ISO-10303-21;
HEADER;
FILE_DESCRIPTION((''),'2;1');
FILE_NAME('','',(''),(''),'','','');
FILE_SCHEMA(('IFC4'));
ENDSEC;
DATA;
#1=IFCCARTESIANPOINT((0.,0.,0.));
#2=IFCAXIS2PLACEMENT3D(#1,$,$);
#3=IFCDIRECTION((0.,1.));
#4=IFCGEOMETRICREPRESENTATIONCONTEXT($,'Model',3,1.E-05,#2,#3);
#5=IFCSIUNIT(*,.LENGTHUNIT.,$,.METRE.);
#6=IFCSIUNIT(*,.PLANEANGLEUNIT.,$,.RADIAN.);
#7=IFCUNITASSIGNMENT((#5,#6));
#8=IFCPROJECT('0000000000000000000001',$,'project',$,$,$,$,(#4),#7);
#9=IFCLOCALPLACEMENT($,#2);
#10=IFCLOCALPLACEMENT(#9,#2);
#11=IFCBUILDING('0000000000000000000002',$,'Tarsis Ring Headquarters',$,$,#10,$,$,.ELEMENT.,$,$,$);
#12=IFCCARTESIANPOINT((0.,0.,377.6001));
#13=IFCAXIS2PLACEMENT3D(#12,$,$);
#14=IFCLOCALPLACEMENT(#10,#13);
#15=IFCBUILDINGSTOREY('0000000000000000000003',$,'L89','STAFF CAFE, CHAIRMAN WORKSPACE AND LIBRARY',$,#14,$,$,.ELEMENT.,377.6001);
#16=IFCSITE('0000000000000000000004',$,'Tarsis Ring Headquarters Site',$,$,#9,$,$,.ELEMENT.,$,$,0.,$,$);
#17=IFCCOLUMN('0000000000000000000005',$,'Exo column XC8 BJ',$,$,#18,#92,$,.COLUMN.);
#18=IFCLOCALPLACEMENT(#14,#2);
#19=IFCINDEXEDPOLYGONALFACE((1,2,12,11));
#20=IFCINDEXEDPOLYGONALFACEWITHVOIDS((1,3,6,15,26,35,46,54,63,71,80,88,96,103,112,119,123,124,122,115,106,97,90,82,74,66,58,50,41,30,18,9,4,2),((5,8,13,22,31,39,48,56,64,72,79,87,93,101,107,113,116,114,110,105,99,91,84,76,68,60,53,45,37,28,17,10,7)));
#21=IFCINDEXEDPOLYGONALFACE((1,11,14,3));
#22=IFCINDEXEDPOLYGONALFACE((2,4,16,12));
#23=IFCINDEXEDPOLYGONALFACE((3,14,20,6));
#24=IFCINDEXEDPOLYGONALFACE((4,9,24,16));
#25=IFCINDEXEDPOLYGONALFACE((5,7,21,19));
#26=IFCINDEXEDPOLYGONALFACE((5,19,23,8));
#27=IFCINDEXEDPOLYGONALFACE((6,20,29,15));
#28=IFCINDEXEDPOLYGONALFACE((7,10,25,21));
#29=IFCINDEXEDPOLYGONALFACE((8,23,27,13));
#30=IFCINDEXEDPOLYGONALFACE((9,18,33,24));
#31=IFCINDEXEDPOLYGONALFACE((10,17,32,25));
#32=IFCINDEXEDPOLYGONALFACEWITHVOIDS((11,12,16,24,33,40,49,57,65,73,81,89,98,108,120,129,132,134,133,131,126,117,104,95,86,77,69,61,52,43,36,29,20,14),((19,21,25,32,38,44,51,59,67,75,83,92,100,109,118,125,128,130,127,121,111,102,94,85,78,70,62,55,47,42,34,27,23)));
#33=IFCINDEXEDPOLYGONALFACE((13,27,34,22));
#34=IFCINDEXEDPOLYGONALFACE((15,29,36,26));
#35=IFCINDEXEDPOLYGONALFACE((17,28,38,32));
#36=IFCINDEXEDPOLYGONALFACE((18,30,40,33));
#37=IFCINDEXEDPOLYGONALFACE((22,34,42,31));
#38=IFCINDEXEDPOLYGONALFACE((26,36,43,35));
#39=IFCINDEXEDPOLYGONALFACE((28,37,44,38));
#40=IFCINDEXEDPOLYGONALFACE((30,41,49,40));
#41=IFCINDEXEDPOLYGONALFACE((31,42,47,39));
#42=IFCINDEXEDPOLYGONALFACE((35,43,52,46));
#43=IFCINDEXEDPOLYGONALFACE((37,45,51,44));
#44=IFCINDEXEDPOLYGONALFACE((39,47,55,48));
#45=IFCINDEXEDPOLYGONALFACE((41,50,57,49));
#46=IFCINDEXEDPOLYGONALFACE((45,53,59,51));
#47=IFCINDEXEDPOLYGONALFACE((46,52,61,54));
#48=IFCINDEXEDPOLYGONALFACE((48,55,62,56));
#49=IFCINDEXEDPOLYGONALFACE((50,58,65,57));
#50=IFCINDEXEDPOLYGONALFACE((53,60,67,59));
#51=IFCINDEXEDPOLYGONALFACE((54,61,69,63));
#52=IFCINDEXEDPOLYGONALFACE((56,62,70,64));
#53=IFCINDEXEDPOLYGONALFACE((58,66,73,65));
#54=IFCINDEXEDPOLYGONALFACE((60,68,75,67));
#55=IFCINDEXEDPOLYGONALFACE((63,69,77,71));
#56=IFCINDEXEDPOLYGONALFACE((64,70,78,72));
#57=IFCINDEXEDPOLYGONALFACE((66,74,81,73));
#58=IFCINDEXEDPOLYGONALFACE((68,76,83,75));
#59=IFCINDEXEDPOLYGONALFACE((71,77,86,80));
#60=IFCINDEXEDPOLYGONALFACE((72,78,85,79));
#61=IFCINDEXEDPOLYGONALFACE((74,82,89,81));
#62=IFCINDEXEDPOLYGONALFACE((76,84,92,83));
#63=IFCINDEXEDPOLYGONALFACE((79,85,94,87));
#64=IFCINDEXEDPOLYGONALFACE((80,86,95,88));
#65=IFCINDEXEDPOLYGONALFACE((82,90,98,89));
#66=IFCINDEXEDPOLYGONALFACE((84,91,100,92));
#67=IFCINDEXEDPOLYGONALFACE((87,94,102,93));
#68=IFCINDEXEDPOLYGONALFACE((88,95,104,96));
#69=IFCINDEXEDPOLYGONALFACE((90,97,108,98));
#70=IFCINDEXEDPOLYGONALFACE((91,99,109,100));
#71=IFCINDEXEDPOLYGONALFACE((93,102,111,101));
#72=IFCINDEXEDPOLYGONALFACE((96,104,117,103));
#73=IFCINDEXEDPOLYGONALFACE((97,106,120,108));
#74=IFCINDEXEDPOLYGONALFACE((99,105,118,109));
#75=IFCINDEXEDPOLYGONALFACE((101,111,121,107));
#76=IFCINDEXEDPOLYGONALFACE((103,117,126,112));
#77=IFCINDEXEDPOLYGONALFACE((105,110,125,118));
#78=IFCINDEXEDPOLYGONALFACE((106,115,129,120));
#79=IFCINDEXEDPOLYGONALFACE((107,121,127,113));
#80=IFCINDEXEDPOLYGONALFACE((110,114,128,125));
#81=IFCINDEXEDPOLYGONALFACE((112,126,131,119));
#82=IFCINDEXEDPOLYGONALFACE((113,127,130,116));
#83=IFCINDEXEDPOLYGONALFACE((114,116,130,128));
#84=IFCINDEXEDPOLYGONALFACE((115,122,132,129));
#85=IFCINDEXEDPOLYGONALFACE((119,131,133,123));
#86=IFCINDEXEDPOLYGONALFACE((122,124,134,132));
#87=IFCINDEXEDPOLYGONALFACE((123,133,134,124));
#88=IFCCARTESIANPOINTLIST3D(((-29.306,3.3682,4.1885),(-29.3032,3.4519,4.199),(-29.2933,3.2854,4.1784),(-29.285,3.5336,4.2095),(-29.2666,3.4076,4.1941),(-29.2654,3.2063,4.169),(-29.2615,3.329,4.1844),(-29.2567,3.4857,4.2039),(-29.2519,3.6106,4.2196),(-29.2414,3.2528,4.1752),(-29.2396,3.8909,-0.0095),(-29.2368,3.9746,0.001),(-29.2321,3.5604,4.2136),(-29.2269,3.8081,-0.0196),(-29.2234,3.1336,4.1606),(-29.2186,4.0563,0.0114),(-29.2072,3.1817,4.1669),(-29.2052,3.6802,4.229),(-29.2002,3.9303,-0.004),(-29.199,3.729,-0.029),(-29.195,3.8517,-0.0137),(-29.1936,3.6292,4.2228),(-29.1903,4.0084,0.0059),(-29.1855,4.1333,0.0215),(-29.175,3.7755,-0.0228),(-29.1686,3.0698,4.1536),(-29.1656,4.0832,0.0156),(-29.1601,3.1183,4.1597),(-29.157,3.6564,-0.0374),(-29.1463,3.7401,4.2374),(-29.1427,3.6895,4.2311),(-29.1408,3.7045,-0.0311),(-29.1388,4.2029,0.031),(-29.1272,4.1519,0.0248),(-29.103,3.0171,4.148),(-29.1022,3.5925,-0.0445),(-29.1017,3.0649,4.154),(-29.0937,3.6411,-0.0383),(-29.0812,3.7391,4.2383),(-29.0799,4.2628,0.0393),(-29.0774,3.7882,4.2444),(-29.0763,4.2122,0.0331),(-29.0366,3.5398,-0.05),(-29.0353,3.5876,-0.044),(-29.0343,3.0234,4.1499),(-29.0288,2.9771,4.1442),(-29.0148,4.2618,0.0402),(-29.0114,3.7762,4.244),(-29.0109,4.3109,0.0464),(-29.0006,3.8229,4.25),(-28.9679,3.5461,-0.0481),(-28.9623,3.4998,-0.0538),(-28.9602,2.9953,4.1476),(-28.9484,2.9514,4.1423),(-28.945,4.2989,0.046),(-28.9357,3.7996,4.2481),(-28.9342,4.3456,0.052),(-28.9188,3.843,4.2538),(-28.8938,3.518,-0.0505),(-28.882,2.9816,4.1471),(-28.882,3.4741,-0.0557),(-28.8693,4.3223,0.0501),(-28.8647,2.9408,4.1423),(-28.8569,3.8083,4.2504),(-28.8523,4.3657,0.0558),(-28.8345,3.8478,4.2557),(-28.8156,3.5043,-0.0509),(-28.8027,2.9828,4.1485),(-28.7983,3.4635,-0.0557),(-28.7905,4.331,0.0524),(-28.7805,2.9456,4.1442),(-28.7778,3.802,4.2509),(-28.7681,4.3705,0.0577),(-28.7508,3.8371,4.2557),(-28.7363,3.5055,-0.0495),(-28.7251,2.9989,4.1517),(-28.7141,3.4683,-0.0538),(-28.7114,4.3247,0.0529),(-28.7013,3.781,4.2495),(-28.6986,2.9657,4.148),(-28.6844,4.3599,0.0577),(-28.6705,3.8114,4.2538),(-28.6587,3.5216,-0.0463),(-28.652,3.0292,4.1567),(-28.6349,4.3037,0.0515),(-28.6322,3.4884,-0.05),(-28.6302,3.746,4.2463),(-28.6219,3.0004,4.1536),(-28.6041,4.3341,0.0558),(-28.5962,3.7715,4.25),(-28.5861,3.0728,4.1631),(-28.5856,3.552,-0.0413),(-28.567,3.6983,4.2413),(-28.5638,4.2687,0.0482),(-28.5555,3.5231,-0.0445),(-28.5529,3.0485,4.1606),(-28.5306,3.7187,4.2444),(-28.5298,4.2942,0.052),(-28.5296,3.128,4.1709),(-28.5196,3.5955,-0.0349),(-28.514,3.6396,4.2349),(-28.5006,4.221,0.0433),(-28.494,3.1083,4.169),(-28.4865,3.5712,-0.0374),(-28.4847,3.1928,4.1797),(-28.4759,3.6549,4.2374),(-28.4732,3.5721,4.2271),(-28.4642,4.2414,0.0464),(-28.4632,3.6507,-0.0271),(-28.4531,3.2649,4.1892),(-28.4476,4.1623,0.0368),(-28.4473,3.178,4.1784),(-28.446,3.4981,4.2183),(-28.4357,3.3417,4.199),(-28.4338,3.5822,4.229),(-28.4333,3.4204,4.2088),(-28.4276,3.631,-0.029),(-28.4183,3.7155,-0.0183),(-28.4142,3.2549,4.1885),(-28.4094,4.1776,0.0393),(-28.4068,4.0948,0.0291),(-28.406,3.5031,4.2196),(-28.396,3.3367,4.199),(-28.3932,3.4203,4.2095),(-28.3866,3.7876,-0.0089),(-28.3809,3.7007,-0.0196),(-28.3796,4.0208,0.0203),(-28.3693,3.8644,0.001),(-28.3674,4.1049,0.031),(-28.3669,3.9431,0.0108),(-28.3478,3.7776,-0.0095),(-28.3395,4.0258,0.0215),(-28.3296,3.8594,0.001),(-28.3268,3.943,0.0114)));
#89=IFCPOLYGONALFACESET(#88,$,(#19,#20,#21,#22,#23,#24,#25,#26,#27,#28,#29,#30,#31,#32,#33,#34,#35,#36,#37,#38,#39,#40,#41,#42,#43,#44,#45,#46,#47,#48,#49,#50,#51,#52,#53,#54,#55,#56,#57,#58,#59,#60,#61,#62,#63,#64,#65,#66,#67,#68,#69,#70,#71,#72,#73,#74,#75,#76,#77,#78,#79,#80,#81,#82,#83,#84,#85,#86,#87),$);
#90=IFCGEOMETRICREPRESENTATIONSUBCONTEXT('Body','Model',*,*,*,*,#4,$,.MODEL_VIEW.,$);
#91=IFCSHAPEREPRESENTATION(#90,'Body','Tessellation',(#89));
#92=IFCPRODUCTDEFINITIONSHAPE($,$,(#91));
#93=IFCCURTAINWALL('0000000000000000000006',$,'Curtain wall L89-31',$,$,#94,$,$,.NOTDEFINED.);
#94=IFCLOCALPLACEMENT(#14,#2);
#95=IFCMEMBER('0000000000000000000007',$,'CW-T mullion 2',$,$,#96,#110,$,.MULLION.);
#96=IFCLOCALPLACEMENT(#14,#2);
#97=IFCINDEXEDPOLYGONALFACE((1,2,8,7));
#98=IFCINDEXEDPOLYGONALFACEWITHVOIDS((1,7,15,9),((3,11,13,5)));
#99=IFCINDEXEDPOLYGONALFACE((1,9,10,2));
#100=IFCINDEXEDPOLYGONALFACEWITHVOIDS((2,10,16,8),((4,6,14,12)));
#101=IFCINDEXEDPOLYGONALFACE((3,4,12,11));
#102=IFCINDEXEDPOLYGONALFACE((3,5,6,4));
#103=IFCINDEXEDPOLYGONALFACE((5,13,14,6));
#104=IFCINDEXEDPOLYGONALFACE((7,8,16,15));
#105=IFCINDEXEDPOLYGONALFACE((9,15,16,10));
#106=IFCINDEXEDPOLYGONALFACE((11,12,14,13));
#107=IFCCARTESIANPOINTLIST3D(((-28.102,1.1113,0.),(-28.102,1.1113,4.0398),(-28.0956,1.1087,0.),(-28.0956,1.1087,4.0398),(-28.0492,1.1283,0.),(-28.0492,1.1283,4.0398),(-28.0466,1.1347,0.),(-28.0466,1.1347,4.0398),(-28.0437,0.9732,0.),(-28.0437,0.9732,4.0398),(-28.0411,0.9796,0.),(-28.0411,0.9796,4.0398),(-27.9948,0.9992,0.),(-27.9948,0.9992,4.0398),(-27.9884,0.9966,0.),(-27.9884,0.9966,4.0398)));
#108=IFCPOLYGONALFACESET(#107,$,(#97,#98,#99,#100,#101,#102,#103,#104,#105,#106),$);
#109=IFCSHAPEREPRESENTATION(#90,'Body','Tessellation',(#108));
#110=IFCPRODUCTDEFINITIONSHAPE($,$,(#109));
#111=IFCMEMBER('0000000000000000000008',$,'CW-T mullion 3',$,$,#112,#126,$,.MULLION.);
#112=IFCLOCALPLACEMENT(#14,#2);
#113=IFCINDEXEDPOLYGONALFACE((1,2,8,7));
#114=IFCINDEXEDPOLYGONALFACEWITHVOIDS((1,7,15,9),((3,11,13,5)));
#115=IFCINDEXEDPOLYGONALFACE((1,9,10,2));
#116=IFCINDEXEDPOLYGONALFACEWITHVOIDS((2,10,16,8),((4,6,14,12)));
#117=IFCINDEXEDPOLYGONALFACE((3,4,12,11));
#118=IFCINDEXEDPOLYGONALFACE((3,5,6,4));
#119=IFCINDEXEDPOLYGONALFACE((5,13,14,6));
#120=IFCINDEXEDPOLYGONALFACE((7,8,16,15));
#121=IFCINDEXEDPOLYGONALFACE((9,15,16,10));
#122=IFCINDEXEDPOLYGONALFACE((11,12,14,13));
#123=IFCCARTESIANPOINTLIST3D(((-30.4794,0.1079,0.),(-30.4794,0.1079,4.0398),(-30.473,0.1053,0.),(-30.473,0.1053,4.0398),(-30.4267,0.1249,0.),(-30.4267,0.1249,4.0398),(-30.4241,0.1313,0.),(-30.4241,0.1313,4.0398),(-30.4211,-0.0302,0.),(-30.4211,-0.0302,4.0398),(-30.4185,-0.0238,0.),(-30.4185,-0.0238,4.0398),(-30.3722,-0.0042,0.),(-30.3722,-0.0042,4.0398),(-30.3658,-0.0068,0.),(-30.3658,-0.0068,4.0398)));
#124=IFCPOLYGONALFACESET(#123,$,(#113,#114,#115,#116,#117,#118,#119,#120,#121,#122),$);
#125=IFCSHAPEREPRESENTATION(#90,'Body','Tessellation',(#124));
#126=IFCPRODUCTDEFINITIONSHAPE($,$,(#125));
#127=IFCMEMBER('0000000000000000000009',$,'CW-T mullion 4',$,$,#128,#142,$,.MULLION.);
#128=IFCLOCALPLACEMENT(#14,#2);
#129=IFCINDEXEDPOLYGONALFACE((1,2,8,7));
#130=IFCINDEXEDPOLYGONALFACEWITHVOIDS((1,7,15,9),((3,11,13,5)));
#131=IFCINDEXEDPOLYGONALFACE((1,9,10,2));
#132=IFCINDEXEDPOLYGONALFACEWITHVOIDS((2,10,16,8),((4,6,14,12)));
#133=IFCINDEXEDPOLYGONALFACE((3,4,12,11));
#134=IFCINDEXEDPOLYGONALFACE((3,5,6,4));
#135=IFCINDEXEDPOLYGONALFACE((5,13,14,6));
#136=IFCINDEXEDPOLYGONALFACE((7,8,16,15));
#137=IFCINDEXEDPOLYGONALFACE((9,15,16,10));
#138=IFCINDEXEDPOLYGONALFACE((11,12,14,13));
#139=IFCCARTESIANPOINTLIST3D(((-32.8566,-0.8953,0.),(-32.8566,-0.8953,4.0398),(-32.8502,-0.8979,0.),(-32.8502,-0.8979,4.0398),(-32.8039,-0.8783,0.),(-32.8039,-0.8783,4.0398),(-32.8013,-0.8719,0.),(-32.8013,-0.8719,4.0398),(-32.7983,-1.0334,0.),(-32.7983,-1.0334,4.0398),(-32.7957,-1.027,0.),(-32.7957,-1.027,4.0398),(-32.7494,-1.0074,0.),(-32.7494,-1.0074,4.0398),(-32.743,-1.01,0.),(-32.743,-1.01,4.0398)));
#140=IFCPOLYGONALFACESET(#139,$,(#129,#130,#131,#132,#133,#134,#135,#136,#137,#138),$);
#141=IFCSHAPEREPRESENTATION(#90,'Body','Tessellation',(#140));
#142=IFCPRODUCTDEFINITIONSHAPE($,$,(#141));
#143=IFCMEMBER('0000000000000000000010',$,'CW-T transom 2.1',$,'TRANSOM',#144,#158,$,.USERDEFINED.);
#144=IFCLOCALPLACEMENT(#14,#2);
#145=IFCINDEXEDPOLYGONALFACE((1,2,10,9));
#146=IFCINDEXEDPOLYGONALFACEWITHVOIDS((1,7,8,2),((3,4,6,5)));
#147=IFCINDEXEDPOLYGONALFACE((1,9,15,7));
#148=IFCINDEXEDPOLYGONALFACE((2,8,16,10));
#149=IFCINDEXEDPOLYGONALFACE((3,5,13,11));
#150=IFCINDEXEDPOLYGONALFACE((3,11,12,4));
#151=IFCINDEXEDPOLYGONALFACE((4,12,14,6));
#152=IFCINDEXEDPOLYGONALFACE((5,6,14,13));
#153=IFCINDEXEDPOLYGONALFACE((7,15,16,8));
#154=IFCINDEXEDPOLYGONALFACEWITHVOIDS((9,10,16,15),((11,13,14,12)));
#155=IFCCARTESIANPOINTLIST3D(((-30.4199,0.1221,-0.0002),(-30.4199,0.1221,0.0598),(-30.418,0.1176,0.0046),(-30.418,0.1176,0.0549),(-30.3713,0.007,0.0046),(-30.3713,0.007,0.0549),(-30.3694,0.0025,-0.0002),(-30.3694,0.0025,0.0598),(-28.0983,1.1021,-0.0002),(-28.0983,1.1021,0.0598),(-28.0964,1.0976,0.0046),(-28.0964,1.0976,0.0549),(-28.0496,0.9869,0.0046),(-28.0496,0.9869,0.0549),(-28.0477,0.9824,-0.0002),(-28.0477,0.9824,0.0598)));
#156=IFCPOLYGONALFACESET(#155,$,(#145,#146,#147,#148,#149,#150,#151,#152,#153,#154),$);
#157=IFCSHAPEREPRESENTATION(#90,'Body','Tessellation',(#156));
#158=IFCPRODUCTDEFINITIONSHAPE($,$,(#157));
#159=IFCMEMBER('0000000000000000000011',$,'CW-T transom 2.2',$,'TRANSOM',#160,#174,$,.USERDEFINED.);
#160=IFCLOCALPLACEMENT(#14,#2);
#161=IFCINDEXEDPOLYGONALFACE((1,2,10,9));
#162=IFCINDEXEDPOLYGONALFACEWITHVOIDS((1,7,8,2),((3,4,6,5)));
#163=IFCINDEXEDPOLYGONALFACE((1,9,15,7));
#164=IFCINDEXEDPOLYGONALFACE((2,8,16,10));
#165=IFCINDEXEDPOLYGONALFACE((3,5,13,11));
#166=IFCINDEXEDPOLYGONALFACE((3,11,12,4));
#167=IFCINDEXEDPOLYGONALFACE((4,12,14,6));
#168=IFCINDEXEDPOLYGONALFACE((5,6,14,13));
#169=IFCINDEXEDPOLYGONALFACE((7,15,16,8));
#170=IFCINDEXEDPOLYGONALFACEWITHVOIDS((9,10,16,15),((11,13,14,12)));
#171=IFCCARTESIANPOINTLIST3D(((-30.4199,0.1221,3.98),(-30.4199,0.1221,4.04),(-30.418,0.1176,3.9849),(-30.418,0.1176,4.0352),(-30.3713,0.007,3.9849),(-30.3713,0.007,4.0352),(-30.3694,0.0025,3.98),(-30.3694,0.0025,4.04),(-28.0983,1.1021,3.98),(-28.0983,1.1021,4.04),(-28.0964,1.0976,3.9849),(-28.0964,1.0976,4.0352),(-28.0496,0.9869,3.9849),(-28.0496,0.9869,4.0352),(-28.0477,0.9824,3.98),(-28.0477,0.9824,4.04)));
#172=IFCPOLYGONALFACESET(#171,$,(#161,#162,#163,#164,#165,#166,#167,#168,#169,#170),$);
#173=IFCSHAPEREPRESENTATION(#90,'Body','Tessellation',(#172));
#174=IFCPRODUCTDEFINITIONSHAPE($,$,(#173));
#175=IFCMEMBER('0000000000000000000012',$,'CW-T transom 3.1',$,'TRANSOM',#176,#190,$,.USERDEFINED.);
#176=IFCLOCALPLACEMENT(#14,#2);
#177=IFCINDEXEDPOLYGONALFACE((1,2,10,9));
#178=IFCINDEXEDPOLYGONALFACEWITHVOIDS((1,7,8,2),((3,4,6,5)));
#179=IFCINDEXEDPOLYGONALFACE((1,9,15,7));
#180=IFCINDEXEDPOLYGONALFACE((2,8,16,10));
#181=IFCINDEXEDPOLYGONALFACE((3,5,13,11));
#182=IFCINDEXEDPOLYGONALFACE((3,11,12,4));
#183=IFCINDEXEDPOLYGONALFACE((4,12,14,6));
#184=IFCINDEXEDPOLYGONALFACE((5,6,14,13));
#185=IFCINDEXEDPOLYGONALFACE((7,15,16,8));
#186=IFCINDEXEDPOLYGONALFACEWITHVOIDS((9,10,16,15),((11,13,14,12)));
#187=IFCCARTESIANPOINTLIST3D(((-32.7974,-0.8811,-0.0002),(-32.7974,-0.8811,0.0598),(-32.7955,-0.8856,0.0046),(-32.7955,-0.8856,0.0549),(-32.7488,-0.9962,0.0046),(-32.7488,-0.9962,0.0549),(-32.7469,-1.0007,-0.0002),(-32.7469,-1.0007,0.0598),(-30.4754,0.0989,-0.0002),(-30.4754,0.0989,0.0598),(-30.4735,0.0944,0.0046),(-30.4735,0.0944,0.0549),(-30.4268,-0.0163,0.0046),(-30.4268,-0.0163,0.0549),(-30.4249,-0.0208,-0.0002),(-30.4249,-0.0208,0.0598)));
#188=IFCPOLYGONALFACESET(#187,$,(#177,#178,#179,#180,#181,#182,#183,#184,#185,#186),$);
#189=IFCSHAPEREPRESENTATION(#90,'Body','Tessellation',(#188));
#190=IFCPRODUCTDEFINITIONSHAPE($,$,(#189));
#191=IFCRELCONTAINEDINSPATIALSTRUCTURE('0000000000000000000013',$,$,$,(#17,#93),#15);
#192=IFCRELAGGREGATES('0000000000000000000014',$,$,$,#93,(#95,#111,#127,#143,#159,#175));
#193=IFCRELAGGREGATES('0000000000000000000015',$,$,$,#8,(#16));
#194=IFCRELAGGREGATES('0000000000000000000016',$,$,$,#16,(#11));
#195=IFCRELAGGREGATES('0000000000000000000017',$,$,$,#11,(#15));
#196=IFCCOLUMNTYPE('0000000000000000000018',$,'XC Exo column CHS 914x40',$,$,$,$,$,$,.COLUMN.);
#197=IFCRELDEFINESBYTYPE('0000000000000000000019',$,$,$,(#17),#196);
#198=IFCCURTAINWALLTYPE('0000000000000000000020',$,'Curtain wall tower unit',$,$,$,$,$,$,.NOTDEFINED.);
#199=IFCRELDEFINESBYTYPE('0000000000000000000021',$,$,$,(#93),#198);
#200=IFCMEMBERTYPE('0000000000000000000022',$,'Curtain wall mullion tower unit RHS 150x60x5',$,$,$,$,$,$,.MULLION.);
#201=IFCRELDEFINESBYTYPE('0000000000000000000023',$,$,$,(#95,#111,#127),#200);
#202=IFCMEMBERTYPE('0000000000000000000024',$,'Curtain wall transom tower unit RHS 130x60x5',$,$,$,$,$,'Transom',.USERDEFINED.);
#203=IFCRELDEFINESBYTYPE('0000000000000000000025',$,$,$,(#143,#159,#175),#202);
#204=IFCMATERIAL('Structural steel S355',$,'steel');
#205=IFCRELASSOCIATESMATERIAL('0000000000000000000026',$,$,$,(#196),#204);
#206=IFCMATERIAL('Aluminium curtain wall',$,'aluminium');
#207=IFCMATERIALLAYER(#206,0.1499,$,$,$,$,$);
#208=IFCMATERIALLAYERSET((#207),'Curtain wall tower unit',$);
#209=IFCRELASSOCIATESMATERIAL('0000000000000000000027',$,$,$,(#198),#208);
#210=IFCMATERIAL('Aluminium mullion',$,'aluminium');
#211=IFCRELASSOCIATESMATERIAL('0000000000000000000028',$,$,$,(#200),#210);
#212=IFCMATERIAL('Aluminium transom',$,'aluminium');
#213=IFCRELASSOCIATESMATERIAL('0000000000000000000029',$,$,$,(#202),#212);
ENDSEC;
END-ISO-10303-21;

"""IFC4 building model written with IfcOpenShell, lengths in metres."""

from ifc_helpers import new_model, si_unit, direction, frame, origin, origin_2d, place, context, subcontext, project, spatial, hollow_rectangle, hollow_circle, extrude, material, layer, layer_set, material_profile, profile_set, type_object, element, aggregate, save


model = new_model("IFC4")

# Units and contexts
model_context = context("Model", 3, precision=1e-05, world=origin(), true_north=direction((0.0, 1.0)))
body_context = subcontext(model_context, "Body", "Model", "MODEL_VIEW")
ifc_project = project(units=[si_unit("LENGTHUNIT", "METRE"), si_unit("PLANEANGLEUNIT", "RADIAN")], contexts=[model_context])

# Site, building, storey
site_placement = place(None, origin())
site = spatial("IfcSite", under=ifc_project, at=site_placement, Name="Tarsis Ring Headquarters Site", CompositionType="ELEMENT", RefElevation=0.0)
building_placement = place(site_placement, origin())
building = spatial("IfcBuilding", under=site, at=building_placement, Name="Tarsis Ring Headquarters", CompositionType="ELEMENT")
storey_placement = place(building_placement, frame((0.0, 0.0, 377.6001)))
storey = spatial("IfcBuildingStorey", under=building, at=storey_placement, Name="L89", Description="STAFF CAFE, CHAIRMAN WORKSPACE AND LIBRARY", CompositionType="ELEMENT", Elevation=377.6001)

# Column
ifc_material_1 = material(Name="Structural steel S355", Category="steel")
ifc_material_profile_1 = material_profile(ifc_material_1, hollow_circle(Radius=0.457, WallThickness=0.04, at=origin_2d()), Name="CHS 914x40")
ifc_profile_set_1 = profile_set([ifc_material_profile_1], Name="Structural steel S355")
column_type = type_object("IfcColumnType", Name="XC Exo column CHS 914x40", PredefinedType="COLUMN", material=ifc_profile_set_1)
column_placement = place(storey_placement, frame((-28.7832, 3.917, 0.001), z_axis=(-0.015695, -0.123544, 0.992215), x_axis=(0.992026, -0.12603, 0.0)))
element("IfcColumn", 1, at=column_placement, inside=storey, type_object=column_type, Name="Exo column XC8 BJ", PredefinedType="COLUMN", context=body_context, shape_type="SweptSolid", body=[
    extrude(hollow_circle(Radius=0.4573, WallThickness=0.04, at=origin_2d()), origin(), (0.0, 0.0, 1.0), 4.231),
])

# Curtain wall, members
ifc_material_2 = material(Name="Aluminium curtain wall", Category="aluminium")
ifc_layer_1 = layer(ifc_material_2, 0.1499)
ifc_layer_set_1 = layer_set([ifc_layer_1], Name="Curtain wall tower unit")
curtain_wall_type = type_object("IfcCurtainWallType", Name="Curtain wall tower unit", PredefinedType="NOTDEFINED", material=ifc_layer_set_1)
curtain_wall_placement = place(storey_placement, origin())
curtain_wall = element("IfcCurtainWall", 2, at=curtain_wall_placement, inside=storey, type_object=curtain_wall_type, Name="Curtain wall L89-31", PredefinedType="NOTDEFINED")
ifc_material_3 = material(Name="Aluminium mullion", Category="aluminium")
ifc_material_profile_2 = material_profile(ifc_material_3, hollow_rectangle(XDim=0.1499, YDim=0.0601, WallThickness=0.0049, at=origin_2d()), Name="RHS 150x60x5")
ifc_profile_set_2 = profile_set([ifc_material_profile_2], Name="Aluminium mullion")
member_type_1 = type_object("IfcMemberType", Name="Curtain wall mullion tower unit RHS 150x60x5", PredefinedType="MULLION", material=ifc_profile_set_2)
member_1_placement = place(storey_placement, frame((-28.0452, 1.054, 0.0), z_axis=(0.0, 0.0, 1.0), x_axis=(0.388802, -0.921321, 0.0)))
member_1 = element("IfcMember", 3, at=member_1_placement, type_object=member_type_1, Name="CW-T mullion 2", PredefinedType="MULLION", context=body_context, shape_type="SweptSolid", body=[
    extrude(hollow_rectangle(XDim=0.1499, YDim=0.0601, WallThickness=0.0049, at=origin_2d()), origin(), (0.0, 0.0, 1.0), 4.0398),
])
member_2_placement = place(storey_placement, frame((-30.4226, 0.0505, 0.0), z_axis=(0.0, 0.0, 1.0), x_axis=(0.388802, -0.921321, 0.0)))
member_2 = element("IfcMember", 4, at=member_2_placement, type_object=member_type_1, Name="CW-T mullion 3", PredefinedType="MULLION", context=body_context, shape_type="SweptSolid", body=[
    extrude(hollow_rectangle(XDim=0.1499, YDim=0.0601, WallThickness=0.0049, at=origin_2d()), origin(), (0.0, 0.0, 1.0), 4.0398),
])
member_3_placement = place(storey_placement, frame((-32.7998, -0.9526, 0.0), z_axis=(0.0, 0.0, 1.0), x_axis=(0.388802, -0.921321, 0.0)))
member_3 = element("IfcMember", 5, at=member_3_placement, type_object=member_type_1, Name="CW-T mullion 4", PredefinedType="MULLION", context=body_context, shape_type="SweptSolid", body=[
    extrude(hollow_rectangle(XDim=0.1499, YDim=0.0601, WallThickness=0.0049, at=origin_2d()), origin(), (0.0, 0.0, 1.0), 4.0398),
])
ifc_material_4 = material(Name="Aluminium transom", Category="aluminium")
ifc_material_profile_3 = material_profile(ifc_material_4, hollow_rectangle(XDim=0.1299, YDim=0.0601, WallThickness=0.0049, at=origin_2d()), Name="RHS 130x60x5")
ifc_profile_set_3 = profile_set([ifc_material_profile_3], Name="Aluminium transom")
member_type_2 = type_object("IfcMemberType", Name="Curtain wall transom tower unit RHS 130x60x5", ElementType="Transom", PredefinedType="USERDEFINED", material=ifc_profile_set_3)
member_4_placement = place(storey_placement, frame((-28.073, 1.0422, 0.0298), z_axis=(-0.921296, -0.388862, 0.0), x_axis=(0.388862, -0.921296, 0.0)))
member_4 = element("IfcMember", 6, at=member_4_placement, type_object=member_type_2, Name="CW-T transom 2.1", ObjectType="TRANSOM", PredefinedType="USERDEFINED", context=body_context, shape_type="SweptSolid", body=[
    extrude(hollow_rectangle(XDim=0.1299, YDim=0.0601, WallThickness=0.0049, at=origin_2d()), origin(), (0.0, 0.0, 1.0), 2.52),
])
member_5_placement = place(storey_placement, frame((-28.073, 1.0422, 4.01), z_axis=(-0.921296, -0.388862, 0.0), x_axis=(0.388862, -0.921296, 0.0)))
member_5 = element("IfcMember", 7, at=member_5_placement, type_object=member_type_2, Name="CW-T transom 2.2", ObjectType="TRANSOM", PredefinedType="USERDEFINED", context=body_context, shape_type="SweptSolid", body=[
    extrude(hollow_rectangle(XDim=0.1299, YDim=0.0601, WallThickness=0.0049, at=origin_2d()), origin(), (0.0, 0.0, 1.0), 2.52),
])
member_6_placement = place(storey_placement, frame((-30.4502, 0.0391, 0.0298), z_axis=(-0.92131, -0.388828, 0.0), x_axis=(0.388828, -0.92131, 0.0)))
member_6 = element("IfcMember", 8, at=member_6_placement, type_object=member_type_2, Name="CW-T transom 3.1", ObjectType="TRANSOM", PredefinedType="USERDEFINED", context=body_context, shape_type="SweptSolid", body=[
    extrude(hollow_rectangle(XDim=0.1299, YDim=0.0601, WallThickness=0.0049, at=origin_2d()), origin(), (0.0, 0.0, 1.0), 2.5203),
])

aggregate(curtain_wall, [member_1, member_2, member_3, member_4, member_5, member_6])

save(model, "model.ifc")
